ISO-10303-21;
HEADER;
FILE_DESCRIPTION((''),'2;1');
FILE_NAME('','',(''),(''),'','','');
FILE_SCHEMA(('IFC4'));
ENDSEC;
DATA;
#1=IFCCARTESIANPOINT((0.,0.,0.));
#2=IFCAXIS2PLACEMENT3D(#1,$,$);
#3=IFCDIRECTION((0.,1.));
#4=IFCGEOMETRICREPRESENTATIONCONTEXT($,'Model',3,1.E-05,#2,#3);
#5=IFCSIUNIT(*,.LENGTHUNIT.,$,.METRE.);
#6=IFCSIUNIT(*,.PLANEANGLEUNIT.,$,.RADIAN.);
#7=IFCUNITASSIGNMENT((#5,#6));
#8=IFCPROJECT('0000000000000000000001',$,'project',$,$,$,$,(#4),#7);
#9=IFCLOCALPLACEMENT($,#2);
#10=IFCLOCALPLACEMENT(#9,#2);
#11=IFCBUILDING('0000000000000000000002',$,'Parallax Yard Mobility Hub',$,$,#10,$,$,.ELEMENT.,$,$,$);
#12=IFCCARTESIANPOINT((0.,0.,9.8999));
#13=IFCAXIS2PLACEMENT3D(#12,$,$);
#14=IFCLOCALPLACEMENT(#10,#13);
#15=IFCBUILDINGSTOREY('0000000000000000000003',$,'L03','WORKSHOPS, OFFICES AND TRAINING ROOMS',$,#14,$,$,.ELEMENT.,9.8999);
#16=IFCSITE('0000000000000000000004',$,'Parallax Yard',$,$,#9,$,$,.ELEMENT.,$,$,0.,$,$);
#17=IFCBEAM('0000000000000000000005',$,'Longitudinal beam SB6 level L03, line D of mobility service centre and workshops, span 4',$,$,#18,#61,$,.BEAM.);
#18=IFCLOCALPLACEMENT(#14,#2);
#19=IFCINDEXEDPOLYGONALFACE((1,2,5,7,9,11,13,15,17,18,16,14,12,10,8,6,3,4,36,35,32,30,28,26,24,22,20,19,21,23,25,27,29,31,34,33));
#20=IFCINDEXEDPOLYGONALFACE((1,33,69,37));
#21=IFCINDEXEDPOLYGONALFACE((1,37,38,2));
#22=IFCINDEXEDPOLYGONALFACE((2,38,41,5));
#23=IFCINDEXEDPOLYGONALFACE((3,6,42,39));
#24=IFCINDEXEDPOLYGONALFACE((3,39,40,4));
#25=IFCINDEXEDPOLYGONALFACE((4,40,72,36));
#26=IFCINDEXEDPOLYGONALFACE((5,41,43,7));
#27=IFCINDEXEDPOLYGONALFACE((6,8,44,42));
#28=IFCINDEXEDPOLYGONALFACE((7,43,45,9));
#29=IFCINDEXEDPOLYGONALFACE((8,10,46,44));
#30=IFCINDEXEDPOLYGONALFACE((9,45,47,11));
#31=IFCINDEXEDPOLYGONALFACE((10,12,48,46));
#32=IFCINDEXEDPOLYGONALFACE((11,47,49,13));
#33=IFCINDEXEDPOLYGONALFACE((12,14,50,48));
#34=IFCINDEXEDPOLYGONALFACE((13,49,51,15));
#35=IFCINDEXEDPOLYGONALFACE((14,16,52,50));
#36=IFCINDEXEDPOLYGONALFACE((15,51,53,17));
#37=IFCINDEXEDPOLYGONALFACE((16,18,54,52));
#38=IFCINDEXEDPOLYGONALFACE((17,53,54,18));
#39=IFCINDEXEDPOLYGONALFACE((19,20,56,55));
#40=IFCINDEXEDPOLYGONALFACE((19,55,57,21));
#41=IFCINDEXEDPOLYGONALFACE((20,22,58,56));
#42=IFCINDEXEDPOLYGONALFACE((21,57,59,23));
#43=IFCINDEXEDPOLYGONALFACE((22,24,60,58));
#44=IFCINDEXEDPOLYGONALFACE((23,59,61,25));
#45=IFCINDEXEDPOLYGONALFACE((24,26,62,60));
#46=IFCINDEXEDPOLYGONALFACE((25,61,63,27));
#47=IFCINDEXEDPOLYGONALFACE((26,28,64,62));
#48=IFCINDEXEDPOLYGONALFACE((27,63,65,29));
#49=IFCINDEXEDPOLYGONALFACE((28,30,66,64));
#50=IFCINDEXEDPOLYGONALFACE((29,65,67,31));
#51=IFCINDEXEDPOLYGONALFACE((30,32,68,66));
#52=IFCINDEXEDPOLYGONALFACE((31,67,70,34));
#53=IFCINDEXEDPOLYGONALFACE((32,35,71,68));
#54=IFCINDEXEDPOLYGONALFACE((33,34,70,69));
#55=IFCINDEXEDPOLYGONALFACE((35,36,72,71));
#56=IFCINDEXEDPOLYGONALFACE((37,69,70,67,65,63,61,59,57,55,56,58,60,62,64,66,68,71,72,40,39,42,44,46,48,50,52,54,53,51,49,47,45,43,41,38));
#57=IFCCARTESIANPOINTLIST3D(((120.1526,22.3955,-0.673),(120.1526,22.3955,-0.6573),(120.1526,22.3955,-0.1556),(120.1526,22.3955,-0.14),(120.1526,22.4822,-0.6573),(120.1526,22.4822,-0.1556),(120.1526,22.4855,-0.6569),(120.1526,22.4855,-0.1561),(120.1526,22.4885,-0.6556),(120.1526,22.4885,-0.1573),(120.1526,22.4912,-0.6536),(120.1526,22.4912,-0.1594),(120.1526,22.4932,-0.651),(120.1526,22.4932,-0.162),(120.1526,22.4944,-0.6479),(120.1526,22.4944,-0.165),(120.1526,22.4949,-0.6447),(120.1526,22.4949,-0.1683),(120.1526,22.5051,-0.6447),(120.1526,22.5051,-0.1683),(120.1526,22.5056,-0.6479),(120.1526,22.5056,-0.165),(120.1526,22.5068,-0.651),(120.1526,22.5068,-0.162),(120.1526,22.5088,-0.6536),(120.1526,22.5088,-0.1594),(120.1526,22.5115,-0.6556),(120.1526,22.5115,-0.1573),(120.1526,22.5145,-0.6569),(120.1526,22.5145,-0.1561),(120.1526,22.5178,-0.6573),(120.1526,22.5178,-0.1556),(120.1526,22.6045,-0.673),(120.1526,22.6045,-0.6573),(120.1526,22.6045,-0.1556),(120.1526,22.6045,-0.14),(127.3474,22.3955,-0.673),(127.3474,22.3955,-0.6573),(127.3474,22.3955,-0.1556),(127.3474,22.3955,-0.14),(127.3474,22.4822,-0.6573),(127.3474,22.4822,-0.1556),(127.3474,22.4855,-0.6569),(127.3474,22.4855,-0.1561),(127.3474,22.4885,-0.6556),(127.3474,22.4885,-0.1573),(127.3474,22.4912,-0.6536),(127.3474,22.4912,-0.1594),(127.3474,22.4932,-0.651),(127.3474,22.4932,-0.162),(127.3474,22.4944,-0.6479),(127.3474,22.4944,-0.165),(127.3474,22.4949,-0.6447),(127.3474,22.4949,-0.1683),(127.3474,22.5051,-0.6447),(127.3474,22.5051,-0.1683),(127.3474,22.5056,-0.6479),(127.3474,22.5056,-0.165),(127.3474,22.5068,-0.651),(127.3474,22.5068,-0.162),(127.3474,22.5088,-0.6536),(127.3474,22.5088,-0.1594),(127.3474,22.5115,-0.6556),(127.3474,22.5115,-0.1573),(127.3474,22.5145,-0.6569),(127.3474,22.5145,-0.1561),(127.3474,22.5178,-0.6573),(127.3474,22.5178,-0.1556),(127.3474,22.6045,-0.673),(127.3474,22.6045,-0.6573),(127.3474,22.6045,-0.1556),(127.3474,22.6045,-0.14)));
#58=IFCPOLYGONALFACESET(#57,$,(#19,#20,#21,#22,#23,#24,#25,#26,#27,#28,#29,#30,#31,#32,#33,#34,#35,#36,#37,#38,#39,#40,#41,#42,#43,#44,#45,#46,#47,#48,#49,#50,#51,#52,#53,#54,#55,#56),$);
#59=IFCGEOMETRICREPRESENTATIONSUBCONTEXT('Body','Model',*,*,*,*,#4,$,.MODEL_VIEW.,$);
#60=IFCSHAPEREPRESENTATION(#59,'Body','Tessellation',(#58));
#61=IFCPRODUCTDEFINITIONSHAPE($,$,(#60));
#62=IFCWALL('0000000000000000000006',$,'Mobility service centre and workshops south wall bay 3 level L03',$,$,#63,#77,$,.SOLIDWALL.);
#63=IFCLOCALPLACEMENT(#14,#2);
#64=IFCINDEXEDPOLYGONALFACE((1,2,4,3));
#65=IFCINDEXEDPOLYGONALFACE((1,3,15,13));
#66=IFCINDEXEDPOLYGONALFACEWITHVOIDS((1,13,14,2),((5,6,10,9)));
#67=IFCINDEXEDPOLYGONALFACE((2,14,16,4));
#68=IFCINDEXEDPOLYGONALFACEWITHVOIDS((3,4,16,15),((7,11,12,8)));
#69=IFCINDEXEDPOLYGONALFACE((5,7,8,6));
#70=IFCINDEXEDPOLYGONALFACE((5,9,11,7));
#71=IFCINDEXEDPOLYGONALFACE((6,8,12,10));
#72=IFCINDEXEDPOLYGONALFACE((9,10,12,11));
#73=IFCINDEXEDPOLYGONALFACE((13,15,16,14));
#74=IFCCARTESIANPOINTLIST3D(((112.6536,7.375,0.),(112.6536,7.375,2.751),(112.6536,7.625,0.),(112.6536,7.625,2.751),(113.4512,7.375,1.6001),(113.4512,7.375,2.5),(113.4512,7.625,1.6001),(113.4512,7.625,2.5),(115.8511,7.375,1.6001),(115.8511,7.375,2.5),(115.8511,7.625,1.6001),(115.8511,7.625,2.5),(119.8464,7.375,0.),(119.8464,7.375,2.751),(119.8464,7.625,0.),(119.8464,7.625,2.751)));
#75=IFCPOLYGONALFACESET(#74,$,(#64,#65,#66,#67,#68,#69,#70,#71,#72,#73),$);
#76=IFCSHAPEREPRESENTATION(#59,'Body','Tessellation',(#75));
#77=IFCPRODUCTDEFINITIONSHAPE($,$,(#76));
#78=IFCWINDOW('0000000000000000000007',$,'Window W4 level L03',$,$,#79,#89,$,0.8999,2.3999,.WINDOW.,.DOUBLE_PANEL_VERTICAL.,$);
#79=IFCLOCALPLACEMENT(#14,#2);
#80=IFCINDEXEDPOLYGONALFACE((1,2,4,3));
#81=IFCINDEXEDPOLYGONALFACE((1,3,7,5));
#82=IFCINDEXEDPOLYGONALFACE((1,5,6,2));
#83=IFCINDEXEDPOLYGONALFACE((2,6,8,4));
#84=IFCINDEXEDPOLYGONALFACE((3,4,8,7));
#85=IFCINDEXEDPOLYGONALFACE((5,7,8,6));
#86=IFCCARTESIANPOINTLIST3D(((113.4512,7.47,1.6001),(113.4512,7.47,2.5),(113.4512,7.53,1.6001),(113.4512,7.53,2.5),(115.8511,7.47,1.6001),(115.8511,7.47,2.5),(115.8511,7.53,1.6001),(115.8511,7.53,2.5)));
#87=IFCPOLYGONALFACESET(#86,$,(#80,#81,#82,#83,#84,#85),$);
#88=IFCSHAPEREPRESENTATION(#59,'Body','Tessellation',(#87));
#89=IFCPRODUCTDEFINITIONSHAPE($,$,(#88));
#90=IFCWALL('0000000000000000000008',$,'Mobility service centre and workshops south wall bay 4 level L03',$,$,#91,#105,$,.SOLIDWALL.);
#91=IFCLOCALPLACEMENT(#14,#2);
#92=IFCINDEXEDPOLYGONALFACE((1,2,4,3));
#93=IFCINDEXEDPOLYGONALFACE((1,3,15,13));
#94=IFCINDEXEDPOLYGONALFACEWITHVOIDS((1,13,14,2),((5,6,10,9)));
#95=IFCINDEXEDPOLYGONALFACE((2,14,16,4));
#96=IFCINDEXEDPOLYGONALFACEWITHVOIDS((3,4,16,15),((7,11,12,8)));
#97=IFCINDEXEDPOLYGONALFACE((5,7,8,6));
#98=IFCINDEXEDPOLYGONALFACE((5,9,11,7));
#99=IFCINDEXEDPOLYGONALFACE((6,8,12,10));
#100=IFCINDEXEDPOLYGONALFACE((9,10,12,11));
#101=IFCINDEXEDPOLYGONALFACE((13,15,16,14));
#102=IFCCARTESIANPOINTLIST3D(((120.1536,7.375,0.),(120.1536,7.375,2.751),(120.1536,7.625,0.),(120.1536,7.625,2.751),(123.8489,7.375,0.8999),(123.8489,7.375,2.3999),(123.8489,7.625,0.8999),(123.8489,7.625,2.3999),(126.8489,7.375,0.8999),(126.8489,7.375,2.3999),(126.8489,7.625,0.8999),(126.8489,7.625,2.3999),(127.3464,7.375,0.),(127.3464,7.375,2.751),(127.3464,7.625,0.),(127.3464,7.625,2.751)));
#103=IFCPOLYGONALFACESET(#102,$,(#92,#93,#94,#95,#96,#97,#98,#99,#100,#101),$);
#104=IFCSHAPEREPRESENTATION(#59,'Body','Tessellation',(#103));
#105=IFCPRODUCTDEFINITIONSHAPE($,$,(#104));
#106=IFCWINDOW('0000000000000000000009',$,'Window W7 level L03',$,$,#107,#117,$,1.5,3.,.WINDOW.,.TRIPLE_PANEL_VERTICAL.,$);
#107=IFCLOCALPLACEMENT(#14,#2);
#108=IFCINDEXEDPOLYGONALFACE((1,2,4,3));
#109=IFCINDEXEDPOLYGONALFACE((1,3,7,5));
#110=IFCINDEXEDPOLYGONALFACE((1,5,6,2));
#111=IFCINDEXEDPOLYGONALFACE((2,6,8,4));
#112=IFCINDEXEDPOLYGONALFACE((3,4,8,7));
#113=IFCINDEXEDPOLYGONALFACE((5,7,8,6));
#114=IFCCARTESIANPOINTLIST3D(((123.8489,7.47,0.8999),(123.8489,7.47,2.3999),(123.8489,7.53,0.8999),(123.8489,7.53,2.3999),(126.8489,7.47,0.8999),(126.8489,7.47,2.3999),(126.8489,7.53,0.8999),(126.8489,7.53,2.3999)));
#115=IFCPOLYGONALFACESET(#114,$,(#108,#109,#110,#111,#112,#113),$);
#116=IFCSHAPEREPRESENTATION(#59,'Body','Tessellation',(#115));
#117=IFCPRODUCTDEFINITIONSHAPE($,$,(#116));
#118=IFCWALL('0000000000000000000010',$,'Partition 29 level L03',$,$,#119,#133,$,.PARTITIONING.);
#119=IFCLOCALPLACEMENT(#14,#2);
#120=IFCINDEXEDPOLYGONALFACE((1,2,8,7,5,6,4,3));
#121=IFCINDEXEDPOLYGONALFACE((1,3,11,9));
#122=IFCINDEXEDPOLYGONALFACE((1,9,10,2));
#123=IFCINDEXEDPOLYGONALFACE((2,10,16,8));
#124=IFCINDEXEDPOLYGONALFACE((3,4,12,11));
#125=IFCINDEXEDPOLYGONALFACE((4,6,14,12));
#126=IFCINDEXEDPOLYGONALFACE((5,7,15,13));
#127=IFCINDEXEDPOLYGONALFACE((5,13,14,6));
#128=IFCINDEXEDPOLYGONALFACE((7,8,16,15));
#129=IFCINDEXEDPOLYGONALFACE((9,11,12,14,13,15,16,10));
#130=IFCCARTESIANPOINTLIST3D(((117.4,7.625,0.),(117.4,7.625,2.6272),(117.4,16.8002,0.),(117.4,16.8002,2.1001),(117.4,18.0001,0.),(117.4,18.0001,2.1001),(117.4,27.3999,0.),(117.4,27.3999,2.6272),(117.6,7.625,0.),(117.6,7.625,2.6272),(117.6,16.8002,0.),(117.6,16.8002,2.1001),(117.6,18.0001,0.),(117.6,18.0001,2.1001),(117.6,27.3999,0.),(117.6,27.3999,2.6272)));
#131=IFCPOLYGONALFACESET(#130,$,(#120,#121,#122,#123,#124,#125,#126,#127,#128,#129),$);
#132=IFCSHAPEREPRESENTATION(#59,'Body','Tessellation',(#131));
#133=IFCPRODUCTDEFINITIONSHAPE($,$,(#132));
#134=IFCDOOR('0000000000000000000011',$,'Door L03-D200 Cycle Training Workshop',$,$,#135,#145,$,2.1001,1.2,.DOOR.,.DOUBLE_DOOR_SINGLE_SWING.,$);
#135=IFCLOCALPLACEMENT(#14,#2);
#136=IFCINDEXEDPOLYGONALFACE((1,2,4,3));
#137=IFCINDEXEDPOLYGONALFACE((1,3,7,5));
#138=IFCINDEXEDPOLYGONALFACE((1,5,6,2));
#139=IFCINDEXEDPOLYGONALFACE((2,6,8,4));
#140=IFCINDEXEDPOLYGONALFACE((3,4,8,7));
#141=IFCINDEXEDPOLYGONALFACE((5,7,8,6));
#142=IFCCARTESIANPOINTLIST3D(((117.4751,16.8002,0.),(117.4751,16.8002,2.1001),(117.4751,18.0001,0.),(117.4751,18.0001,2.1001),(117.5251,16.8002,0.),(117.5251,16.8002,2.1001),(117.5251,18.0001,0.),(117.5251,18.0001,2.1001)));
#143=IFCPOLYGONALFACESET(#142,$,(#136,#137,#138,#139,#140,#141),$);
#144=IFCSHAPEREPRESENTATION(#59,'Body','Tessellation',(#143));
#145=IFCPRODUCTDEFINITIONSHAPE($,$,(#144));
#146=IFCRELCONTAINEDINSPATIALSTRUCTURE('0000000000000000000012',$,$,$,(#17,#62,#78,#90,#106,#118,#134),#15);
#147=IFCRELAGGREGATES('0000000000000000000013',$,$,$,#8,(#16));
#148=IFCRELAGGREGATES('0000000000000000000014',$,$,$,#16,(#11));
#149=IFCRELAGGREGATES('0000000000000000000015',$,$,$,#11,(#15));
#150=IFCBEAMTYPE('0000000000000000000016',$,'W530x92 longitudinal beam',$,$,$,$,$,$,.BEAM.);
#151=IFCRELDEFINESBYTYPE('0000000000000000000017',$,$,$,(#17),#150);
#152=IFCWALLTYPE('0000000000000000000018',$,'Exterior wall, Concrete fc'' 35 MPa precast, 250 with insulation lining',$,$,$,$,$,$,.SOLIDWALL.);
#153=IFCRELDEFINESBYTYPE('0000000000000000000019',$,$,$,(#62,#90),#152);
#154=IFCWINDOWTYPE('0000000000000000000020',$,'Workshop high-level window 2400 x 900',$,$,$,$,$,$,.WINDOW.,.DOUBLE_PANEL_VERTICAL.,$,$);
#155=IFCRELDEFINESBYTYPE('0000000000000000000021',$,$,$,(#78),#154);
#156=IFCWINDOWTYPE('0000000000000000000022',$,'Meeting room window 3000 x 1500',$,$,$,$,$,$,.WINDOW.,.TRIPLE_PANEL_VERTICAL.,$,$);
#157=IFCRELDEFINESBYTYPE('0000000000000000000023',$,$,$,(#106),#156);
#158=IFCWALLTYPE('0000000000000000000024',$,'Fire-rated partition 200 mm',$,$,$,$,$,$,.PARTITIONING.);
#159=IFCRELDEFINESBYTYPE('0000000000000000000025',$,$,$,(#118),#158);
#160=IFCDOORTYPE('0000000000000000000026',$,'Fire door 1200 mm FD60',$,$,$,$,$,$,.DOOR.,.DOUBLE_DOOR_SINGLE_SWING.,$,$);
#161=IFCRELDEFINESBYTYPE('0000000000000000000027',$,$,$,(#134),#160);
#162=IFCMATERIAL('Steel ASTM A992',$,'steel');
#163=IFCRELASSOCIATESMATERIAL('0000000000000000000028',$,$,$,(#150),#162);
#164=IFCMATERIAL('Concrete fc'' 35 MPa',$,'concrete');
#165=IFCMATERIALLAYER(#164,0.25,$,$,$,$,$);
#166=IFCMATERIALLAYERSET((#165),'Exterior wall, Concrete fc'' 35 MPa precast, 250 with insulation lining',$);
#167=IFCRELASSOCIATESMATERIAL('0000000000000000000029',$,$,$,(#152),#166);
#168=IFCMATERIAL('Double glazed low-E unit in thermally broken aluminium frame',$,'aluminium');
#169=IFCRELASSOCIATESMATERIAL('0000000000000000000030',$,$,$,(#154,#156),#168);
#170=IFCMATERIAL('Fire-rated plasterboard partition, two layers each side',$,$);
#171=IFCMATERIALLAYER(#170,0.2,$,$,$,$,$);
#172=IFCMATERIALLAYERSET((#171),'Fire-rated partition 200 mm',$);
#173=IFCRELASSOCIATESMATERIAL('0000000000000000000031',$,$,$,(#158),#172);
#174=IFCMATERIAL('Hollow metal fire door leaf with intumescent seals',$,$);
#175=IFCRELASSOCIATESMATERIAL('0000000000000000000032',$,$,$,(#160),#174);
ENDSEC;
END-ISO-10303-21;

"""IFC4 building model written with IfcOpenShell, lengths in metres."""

from ifc_helpers import new_model, si_unit, direction, frame, frame_2d, origin, origin_2d, place, context, subcontext, project, spatial, rectangle, i_section, extrude, material, layer, layer_set, material_profile, profile_set, type_object, element, fill, save


model = new_model("IFC4")

# Units and contexts
model_context = context("Model", 3, precision=1e-05, world=origin(), true_north=direction((0.0, 1.0)))
body_context = subcontext(model_context, "Body", "Model", "MODEL_VIEW")
ifc_project = project(units=[si_unit("LENGTHUNIT", "METRE"), si_unit("PLANEANGLEUNIT", "RADIAN")], contexts=[model_context])

# Site, building, storey
site_placement = place(None, origin())
site = spatial("IfcSite", under=ifc_project, at=site_placement, Name="Parallax Yard", CompositionType="ELEMENT", RefElevation=0.0)
building_placement = place(site_placement, origin())
building = spatial("IfcBuilding", under=site, at=building_placement, Name="Parallax Yard Mobility Hub", CompositionType="ELEMENT")
storey_placement = place(building_placement, frame((0.0, 0.0, 9.8999)))
storey = spatial("IfcBuildingStorey", under=building, at=storey_placement, Name="L03", Description="WORKSHOPS, OFFICES AND TRAINING ROOMS", CompositionType="ELEMENT", Elevation=9.8999)

# Shared definitions
ifc_material_1 = material(Name="Steel ASTM A992", Category="steel")

# Beam
ifc_material_profile_1 = material_profile(ifc_material_1, i_section(OverallWidth=0.209, OverallDepth=0.533, WebThickness=0.0103, FlangeThickness=0.0156, FilletRadius=0.0127, at=origin_2d()), Name="W530x92")
ifc_profile_set_1 = profile_set([ifc_material_profile_1], Name="Steel ASTM A992")
beam_type_1 = type_object("IfcBeamType", Name="W530x92 longitudinal beam", PredefinedType="BEAM", material=ifc_profile_set_1)
for number, where, z_axis, x_axis, name in (
    (1, (120.1526, 22.5, -0.4065), (1.0, 0.0, 0.0), (0.0, 1.0, 0.0), "Longitudinal beam SB6 level L03, line D of mobility service centre and workshops, span 4"),
):
    element("IfcBeam", number, at=place(storey_placement, frame(where, z_axis=z_axis, x_axis=x_axis)), inside=storey, type_object=beam_type_1, Name=name, PredefinedType="BEAM", context=body_context, shape_type="SweptSolid", body=[
        extrude(i_section(OverallWidth=0.209, OverallDepth=0.533, WebThickness=0.0103, FlangeThickness=0.0156, FilletRadius=0.0127, at=origin_2d()), origin(), (0.0, 0.0, 1.0), 7.1948),
    ])

# Walls, openings, windows
ifc_material_2 = material(Name="Concrete fc' 35 MPa", Category="concrete")
ifc_layer_1 = layer(ifc_material_2, 0.25)
ifc_layer_set_1 = layer_set([ifc_layer_1], Name="Exterior wall, Concrete fc' 35 MPa precast, 250 with insulation lining")
wall_type_1 = type_object("IfcWallType", Name="Exterior wall, Concrete fc' 35 MPa precast, 250 with insulation lining", PredefinedType="SOLIDWALL", material=ifc_layer_set_1)
wall_1_placement = place(storey_placement, frame((112.6536, 7.5, 0.0), z_axis=(0.0, 0.0, 1.0), x_axis=(1.0, 0.0, 0.0)))
wall_1 = element("IfcWall", 2, at=wall_1_placement, inside=storey, type_object=wall_type_1, Name="Mobility service centre and workshops south wall bay 3 level L03", PredefinedType="SOLIDWALL", context=body_context, shape_type="SweptSolid", body=[
    extrude(rectangle(XDim=7.1929, YDim=0.25, at=frame_2d((3.5964, 0.0))), origin(), (0.0, 0.0, 1.0), 2.751),
])
opening_1_placement = place(wall_1_placement, frame((0.7976, 0.0, 1.6001)))
opening_1 = element("IfcOpeningElement", 3, at=opening_1_placement, cuts=wall_1, PredefinedType="OPENING", context=body_context, shape_type="SweptSolid", body=[
    extrude(rectangle(XDim=2.3999, YDim=0.8999, at=frame_2d((1.2, 0.45))), frame((0.0, 0.135, 0.0), z_axis=(0.0, -1.0, 0.0), x_axis=(1.0, 0.0, 0.0)), (0.0, 0.0, 1.0), 0.27),
])
ifc_material_3 = material(Name="Double glazed low-E unit in thermally broken aluminium frame", Category="aluminium")
window_type_1 = type_object("IfcWindowType", Name="Workshop high-level window 2400 x 900", PartitioningType="DOUBLE_PANEL_VERTICAL", PredefinedType="WINDOW", material=ifc_material_3)
window_1_placement = place(opening_1_placement, origin())
window_1 = element("IfcWindow", 4, at=window_1_placement, inside=storey, type_object=window_type_1, Name="Window W4 level L03", OverallHeight=0.8999, OverallWidth=2.3999, PartitioningType="DOUBLE_PANEL_VERTICAL", PredefinedType="WINDOW", context=body_context, shape_type="SweptSolid", body=[
    extrude(rectangle(XDim=2.3999, YDim=0.8999, at=frame_2d((1.2, 0.45))), frame((0.0, 0.03, 0.0), z_axis=(0.0, -1.0, 0.0), x_axis=(1.0, 0.0, 0.0)), (0.0, 0.0, 1.0), 0.0601),
])
fill(opening_1, window_1)
wall_2_placement = place(storey_placement, frame((120.1536, 7.5, 0.0), z_axis=(0.0, 0.0, 1.0), x_axis=(1.0, 0.0, 0.0)))
wall_2 = element("IfcWall", 5, at=wall_2_placement, inside=storey, type_object=wall_type_1, Name="Mobility service centre and workshops south wall bay 4 level L03", PredefinedType="SOLIDWALL", context=body_context, shape_type="SweptSolid", body=[
    extrude(rectangle(XDim=7.1929, YDim=0.25, at=frame_2d((3.5964, 0.0))), origin(), (0.0, 0.0, 1.0), 2.751),
])
opening_2_placement = place(wall_2_placement, frame((3.6953, 0.0, 0.8999)))
opening_2 = element("IfcOpeningElement", 6, at=opening_2_placement, cuts=wall_2, PredefinedType="OPENING", context=body_context, shape_type="SweptSolid", body=[
    extrude(rectangle(XDim=3.0, YDim=1.5, at=frame_2d((1.5, 0.75))), frame((0.0, 0.135, 0.0), z_axis=(0.0, -1.0, 0.0), x_axis=(1.0, 0.0, 0.0)), (0.0, 0.0, 1.0), 0.27),
])
window_type_2 = type_object("IfcWindowType", Name="Meeting room window 3000 x 1500", PartitioningType="TRIPLE_PANEL_VERTICAL", PredefinedType="WINDOW", material=ifc_material_3)
window_2_placement = place(opening_2_placement, origin())
window_2 = element("IfcWindow", 7, at=window_2_placement, inside=storey, type_object=window_type_2, Name="Window W7 level L03", OverallHeight=1.5, OverallWidth=3.0, PartitioningType="TRIPLE_PANEL_VERTICAL", PredefinedType="WINDOW", context=body_context, shape_type="SweptSolid", body=[
    extrude(rectangle(XDim=3.0, YDim=1.5, at=frame_2d((1.5, 0.75))), frame((0.0, 0.03, 0.0), z_axis=(0.0, -1.0, 0.0), x_axis=(1.0, 0.0, 0.0)), (0.0, 0.0, 1.0), 0.0601),
])
fill(opening_2, window_2)

# Wall, opening, door
ifc_material_4 = material(Name="Fire-rated plasterboard partition, two layers each side")
ifc_layer_2 = layer(ifc_material_4, 0.2)
ifc_layer_set_2 = layer_set([ifc_layer_2], Name="Fire-rated partition 200 mm")
wall_type_2 = type_object("IfcWallType", Name="Fire-rated partition 200 mm", PredefinedType="PARTITIONING", material=ifc_layer_set_2)
wall_3_placement = place(storey_placement, frame((117.5, 7.625, 0.0), z_axis=(0.0, 0.0, 1.0), x_axis=(0.0, 1.0, 0.0)))
wall_3 = element("IfcWall", 8, at=wall_3_placement, inside=storey, type_object=wall_type_2, Name="Partition 29 level L03", PredefinedType="PARTITIONING", context=body_context, shape_type="SweptSolid", body=[
    extrude(rectangle(XDim=19.7749, YDim=0.2, at=frame_2d((9.8875, 0.0))), origin(), (0.0, 0.0, 1.0), 2.6272),
])
opening_3_placement = place(wall_3_placement, frame((9.175, 0.0, 0.0)))
opening_3 = element("IfcOpeningElement", 9, at=opening_3_placement, cuts=wall_3, PredefinedType="OPENING", context=body_context, shape_type="SweptSolid", body=[
    extrude(rectangle(XDim=1.2, YDim=2.1001, at=frame_2d((0.6001, 1.05))), frame((0.0, 0.1099, 0.0), z_axis=(0.0, -1.0, 0.0), x_axis=(1.0, 0.0, 0.0)), (0.0, 0.0, 1.0), 0.22),
])
ifc_material_5 = material(Name="Hollow metal fire door leaf with intumescent seals")
door_type = type_object("IfcDoorType", Name="Fire door 1200 mm FD60", OperationType="DOUBLE_DOOR_SINGLE_SWING", PredefinedType="DOOR", material=ifc_material_5)
door_placement = place(opening_3_placement, origin())
door = element("IfcDoor", 10, at=door_placement, inside=storey, type_object=door_type, Name="Door L03-D200 Cycle Training Workshop", OperationType="DOUBLE_DOOR_SINGLE_SWING", OverallHeight=2.1001, OverallWidth=1.2, PredefinedType="DOOR", context=body_context, shape_type="SweptSolid", body=[
    extrude(rectangle(XDim=1.2, YDim=2.1001, at=frame_2d((0.6001, 1.05))), frame((0.0, 0.0249, 0.0), z_axis=(0.0, -1.0, 0.0), x_axis=(1.0, 0.0, 0.0)), (0.0, 0.0, 1.0), 0.05),
])
fill(opening_3, door)

save(model, "model.ifc")
